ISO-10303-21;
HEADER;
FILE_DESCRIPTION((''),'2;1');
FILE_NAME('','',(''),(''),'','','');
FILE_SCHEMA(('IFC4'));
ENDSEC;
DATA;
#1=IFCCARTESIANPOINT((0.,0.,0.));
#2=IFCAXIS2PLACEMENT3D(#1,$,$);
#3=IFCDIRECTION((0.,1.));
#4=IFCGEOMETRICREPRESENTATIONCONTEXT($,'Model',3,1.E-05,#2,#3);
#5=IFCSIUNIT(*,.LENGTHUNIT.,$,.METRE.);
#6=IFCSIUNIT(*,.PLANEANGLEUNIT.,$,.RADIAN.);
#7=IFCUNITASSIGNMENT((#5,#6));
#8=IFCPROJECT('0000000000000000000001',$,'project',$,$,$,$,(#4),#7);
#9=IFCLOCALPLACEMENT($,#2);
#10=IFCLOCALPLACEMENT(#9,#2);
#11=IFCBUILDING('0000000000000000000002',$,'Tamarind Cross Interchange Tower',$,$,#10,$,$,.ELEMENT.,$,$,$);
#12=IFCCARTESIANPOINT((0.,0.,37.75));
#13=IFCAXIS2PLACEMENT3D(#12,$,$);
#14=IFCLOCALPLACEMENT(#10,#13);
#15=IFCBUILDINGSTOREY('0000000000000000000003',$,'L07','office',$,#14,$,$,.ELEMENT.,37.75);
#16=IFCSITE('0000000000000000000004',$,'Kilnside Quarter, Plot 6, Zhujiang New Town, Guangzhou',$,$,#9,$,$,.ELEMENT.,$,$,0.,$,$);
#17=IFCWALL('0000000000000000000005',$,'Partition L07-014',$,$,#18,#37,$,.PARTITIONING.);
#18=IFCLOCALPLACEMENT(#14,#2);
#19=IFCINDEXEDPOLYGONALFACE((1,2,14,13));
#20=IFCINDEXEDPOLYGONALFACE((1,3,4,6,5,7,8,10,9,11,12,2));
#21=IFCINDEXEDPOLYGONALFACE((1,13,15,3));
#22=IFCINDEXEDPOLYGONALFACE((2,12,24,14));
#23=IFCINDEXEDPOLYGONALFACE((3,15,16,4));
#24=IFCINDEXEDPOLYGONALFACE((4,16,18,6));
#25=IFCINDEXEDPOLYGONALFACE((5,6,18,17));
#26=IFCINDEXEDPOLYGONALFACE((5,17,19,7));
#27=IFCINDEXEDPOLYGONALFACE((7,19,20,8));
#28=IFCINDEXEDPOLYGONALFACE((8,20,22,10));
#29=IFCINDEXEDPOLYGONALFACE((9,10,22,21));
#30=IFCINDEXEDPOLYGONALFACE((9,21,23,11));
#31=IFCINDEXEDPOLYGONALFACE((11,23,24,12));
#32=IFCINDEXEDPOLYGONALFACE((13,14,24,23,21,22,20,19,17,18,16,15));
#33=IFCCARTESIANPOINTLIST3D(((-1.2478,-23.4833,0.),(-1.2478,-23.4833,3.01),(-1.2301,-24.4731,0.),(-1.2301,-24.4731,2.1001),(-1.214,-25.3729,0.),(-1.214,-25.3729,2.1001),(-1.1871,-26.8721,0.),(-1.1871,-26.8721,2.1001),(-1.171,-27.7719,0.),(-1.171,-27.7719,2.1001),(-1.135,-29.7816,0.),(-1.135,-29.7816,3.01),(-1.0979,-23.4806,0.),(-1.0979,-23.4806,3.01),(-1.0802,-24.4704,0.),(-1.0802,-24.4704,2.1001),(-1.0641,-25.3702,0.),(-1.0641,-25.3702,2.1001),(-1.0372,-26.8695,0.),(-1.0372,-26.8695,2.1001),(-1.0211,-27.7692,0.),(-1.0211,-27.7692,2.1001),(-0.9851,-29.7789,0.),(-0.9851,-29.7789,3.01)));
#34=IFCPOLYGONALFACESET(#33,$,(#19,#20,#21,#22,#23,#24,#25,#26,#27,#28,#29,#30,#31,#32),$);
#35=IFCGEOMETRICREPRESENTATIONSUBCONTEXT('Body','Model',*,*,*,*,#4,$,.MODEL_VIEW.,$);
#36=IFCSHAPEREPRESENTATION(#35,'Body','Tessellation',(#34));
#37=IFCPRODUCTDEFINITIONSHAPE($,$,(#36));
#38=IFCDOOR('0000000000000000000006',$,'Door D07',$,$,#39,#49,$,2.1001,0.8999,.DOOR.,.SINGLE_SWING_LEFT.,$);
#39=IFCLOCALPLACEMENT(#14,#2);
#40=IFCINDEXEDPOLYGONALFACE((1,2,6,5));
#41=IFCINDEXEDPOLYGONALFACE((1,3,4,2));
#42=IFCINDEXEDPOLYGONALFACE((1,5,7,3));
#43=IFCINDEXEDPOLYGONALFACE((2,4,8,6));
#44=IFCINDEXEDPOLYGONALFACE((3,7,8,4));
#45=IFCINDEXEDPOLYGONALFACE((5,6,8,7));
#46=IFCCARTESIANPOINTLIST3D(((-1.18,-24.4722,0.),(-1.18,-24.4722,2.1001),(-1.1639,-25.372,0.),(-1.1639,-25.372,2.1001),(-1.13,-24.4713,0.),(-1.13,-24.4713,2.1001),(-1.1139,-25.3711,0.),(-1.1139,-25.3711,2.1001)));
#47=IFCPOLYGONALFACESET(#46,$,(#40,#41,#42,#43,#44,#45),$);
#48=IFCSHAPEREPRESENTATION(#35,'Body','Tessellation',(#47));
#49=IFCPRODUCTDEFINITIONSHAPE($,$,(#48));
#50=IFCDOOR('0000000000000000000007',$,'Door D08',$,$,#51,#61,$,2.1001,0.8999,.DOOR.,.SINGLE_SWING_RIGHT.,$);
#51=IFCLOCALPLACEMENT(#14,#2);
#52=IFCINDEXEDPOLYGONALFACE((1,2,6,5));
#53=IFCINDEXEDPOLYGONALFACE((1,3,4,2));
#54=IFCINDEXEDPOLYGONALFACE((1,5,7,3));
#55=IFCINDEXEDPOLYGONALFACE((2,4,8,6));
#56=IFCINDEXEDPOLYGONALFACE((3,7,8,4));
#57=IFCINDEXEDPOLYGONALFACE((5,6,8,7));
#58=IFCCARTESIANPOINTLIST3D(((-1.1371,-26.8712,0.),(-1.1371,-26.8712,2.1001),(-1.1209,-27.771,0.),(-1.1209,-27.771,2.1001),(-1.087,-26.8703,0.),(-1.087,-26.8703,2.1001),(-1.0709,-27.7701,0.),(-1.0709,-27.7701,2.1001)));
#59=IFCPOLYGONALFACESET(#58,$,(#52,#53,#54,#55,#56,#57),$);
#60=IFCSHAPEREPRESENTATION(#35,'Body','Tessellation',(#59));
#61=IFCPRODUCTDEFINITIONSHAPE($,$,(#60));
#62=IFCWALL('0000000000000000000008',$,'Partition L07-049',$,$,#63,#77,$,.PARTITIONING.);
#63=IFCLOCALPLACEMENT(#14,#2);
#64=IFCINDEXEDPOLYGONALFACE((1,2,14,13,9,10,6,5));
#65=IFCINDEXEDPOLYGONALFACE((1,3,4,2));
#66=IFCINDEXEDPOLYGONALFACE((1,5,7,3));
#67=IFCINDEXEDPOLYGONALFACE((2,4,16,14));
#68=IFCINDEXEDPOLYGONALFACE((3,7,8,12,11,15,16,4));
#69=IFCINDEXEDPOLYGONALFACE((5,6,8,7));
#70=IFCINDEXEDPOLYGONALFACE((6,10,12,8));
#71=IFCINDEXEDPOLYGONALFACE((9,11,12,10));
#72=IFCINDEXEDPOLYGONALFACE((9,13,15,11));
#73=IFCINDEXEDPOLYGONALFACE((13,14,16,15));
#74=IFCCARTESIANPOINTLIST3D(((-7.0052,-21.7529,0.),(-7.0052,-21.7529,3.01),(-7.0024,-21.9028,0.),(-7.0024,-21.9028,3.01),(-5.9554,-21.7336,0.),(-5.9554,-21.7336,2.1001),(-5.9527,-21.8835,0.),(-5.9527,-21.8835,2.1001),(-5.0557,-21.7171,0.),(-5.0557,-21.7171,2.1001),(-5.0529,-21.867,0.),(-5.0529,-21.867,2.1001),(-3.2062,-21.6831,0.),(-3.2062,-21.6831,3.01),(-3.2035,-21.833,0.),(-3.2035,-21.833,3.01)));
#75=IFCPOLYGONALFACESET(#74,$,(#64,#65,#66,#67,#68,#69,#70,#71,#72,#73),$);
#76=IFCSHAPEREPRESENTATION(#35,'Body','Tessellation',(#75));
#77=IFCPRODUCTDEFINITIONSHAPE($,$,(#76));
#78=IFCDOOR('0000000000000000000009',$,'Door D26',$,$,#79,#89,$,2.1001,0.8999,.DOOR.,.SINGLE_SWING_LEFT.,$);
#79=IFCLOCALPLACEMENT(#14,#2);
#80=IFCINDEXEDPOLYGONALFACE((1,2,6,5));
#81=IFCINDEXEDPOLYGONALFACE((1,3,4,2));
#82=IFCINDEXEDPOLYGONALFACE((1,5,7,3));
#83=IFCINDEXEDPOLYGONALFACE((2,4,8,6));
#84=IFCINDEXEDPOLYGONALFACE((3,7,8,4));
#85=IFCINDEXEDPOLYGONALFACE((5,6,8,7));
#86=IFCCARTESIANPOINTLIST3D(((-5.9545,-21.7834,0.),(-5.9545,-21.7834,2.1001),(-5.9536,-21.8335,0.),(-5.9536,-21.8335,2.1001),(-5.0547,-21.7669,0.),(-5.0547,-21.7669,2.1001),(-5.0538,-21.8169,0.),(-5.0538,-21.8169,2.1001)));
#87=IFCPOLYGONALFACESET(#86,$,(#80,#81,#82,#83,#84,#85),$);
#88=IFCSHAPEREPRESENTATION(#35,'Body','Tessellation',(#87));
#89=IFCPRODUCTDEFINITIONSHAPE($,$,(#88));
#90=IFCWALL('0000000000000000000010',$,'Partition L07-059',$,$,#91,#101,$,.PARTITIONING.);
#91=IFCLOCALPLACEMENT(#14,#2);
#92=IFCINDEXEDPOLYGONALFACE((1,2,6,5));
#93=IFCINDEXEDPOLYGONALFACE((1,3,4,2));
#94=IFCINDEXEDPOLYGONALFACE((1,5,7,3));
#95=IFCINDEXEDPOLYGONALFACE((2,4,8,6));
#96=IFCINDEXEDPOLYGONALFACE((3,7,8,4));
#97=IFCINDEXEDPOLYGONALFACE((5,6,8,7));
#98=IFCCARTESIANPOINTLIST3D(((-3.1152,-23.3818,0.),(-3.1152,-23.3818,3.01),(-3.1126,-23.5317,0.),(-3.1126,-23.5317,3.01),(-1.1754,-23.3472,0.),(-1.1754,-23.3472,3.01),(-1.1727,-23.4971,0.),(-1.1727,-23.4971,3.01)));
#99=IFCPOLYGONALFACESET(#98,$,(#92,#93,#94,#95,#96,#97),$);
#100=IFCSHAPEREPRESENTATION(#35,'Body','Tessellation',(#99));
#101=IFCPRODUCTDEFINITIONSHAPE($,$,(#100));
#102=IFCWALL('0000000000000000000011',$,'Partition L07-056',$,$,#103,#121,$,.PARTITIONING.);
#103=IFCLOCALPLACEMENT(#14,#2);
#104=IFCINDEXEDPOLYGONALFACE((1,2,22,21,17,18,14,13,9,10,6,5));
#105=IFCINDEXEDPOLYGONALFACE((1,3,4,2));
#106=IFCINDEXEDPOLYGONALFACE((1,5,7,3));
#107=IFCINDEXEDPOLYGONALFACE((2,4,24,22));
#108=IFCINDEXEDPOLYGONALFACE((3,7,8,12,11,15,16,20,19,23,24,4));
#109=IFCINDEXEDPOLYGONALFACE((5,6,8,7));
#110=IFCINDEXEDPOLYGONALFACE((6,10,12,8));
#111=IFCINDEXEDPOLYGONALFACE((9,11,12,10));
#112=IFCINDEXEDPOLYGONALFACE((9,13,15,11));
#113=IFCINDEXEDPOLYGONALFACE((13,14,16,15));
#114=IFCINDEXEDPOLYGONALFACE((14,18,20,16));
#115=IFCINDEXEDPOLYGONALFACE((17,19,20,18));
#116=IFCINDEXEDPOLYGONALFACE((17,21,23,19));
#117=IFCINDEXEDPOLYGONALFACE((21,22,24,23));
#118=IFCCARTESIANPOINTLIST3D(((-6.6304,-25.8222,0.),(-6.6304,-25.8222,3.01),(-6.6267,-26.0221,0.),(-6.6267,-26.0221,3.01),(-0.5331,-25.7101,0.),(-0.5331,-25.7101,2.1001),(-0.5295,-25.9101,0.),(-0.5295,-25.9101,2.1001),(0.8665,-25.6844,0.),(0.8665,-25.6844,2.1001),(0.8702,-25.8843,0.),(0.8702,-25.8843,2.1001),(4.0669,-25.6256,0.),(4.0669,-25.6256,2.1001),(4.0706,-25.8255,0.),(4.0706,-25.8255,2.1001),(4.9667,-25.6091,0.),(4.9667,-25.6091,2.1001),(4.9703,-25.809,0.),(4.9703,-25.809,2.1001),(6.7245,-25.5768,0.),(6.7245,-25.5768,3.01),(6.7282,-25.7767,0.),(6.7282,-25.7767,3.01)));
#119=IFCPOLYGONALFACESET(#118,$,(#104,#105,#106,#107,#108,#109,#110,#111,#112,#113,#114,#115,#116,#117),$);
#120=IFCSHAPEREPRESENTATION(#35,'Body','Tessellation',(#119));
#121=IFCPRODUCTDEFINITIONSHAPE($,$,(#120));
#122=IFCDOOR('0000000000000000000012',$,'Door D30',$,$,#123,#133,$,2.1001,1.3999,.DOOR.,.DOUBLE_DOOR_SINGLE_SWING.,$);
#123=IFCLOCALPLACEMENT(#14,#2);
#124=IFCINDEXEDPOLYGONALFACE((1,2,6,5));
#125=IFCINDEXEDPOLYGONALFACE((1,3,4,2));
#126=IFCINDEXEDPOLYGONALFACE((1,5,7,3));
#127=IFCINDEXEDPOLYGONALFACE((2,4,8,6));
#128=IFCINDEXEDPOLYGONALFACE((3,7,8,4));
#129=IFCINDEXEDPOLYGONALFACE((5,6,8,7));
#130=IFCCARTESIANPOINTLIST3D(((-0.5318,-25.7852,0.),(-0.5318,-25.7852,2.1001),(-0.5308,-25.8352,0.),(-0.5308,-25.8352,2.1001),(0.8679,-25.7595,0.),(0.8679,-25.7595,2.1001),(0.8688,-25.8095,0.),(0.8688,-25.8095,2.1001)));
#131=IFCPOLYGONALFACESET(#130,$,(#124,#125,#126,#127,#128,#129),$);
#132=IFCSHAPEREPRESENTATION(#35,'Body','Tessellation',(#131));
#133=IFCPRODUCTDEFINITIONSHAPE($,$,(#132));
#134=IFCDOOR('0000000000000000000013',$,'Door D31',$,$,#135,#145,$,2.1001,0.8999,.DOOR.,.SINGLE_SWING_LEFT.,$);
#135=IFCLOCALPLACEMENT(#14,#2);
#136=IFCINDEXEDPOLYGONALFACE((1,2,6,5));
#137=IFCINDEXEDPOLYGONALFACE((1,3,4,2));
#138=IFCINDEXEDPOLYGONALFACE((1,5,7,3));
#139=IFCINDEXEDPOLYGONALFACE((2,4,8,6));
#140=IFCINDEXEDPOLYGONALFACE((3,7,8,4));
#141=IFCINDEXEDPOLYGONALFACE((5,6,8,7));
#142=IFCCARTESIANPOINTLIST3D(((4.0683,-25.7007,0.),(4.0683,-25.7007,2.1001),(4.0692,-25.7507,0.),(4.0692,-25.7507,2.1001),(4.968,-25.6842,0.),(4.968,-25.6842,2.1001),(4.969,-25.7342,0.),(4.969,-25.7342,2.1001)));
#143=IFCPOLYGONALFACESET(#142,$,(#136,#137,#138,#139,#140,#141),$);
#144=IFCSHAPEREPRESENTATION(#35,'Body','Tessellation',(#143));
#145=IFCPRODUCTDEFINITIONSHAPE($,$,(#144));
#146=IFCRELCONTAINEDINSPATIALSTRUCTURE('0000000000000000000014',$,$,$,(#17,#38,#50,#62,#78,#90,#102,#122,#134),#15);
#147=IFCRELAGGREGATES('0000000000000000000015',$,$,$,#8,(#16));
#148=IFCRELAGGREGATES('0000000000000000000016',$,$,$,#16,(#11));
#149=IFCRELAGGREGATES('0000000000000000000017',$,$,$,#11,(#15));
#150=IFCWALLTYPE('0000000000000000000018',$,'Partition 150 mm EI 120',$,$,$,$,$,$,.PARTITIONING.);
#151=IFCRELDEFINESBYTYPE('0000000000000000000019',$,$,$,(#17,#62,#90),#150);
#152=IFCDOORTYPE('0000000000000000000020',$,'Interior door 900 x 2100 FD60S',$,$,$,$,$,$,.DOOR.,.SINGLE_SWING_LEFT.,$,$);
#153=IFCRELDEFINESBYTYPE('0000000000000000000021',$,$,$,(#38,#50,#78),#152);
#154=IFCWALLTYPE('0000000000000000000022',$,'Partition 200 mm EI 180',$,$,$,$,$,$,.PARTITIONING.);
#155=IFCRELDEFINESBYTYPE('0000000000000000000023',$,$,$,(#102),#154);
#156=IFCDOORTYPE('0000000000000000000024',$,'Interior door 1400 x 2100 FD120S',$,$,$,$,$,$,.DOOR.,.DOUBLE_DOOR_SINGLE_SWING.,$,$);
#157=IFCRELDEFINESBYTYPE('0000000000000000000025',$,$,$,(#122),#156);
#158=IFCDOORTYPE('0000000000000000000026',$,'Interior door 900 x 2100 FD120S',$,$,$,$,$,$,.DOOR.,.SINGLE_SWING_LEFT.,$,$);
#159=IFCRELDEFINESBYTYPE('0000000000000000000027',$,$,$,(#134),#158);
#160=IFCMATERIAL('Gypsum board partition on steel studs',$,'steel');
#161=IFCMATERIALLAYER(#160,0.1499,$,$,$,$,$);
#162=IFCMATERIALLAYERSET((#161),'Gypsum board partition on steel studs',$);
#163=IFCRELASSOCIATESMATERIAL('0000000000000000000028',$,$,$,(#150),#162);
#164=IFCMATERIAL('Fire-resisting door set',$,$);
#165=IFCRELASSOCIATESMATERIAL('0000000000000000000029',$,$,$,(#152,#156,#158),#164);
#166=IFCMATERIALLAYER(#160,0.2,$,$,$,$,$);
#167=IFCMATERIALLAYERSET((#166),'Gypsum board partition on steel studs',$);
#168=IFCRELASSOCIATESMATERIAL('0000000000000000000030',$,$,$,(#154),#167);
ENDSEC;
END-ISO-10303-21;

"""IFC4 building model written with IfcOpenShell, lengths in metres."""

from ifc_helpers import new_model, si_unit, direction, frame, frame_2d, origin, place, context, subcontext, project, spatial, rectangle, extrude, material, layer, layer_set, type_object, element, fill, save


model = new_model("IFC4")

# Units and contexts
model_context = context("Model", 3, precision=1e-05, world=origin(), true_north=direction((0.0, 1.0)))
body_context = subcontext(model_context, "Body", "Model", "MODEL_VIEW")
ifc_project = project(units=[si_unit("LENGTHUNIT", "METRE"), si_unit("PLANEANGLEUNIT", "RADIAN")], contexts=[model_context])

# Site, building, storey
site_placement = place(None, origin())
site = spatial("IfcSite", under=ifc_project, at=site_placement, Name="Kilnside Quarter, Plot 6, Zhujiang New Town, Guangzhou", CompositionType="ELEMENT", RefElevation=0.0)
building_placement = place(site_placement, origin())
building = spatial("IfcBuilding", under=site, at=building_placement, Name="Tamarind Cross Interchange Tower", CompositionType="ELEMENT")
storey_placement = place(building_placement, frame((0.0, 0.0, 37.75)))
storey = spatial("IfcBuildingStorey", under=building, at=storey_placement, Name="L07", Description="office", CompositionType="ELEMENT", Elevation=37.75)

# Shared definitions
ifc_material_1 = material(Name="Gypsum board partition on steel studs", Category="steel")
ifc_layer_1 = layer(ifc_material_1, 0.1499)
ifc_layer_set_1 = layer_set([ifc_layer_1], Name="Gypsum board partition on steel studs")
wall_type_1 = type_object("IfcWallType", Name="Partition 150 mm EI 120", PredefinedType="PARTITIONING", material=ifc_layer_set_1)

# Shared definitions
ifc_material_2 = material(Name="Fire-resisting door set")
door_type_1 = type_object("IfcDoorType", Name="Interior door 900 x 2100 FD60S", OperationType="SINGLE_SWING_LEFT", PredefinedType="DOOR", material=ifc_material_2)

# Wall, openings, doors
wall_1_placement = place(storey_placement, frame((-1.1729, -23.4819, 0.0), z_axis=(0.0, 0.0, 1.0), x_axis=(0.017905, -0.99984, 0.0)))
wall_1 = element("IfcWall", 1, at=wall_1_placement, inside=storey, type_object=wall_type_1, Name="Partition L07-014", PredefinedType="PARTITIONING", context=body_context, shape_type="SweptSolid", body=[
    extrude(rectangle(XDim=6.2993, YDim=0.1499, at=frame_2d((3.1497, 0.0))), origin(), (0.0, 0.0, 1.0), 3.01),
])
opening_1_placement = place(wall_1_placement, frame((0.99, 0.0, 0.0)))
opening_1 = element("IfcOpeningElement", 2, at=opening_1_placement, cuts=wall_1, PredefinedType="OPENING", context=body_context, shape_type="SweptSolid", body=[
    extrude(rectangle(XDim=0.8999, YDim=2.1001, at=frame_2d((0.45, 1.05))), frame((0.0, 0.085, 0.0), z_axis=(0.0, -1.0, 0.0), x_axis=(1.0, 0.0, 0.0)), (0.0, 0.0, 1.0), 0.1699),
])
opening_2_placement = place(wall_1_placement, frame((3.3894, 0.0, 0.0)))
opening_2 = element("IfcOpeningElement", 3, at=opening_2_placement, cuts=wall_1, PredefinedType="OPENING", context=body_context, shape_type="SweptSolid", body=[
    extrude(rectangle(XDim=0.8999, YDim=2.1001, at=frame_2d((0.45, 1.05))), frame((0.0, 0.085, 0.0), z_axis=(0.0, -1.0, 0.0), x_axis=(1.0, 0.0, 0.0)), (0.0, 0.0, 1.0), 0.1699),
])
door_1_placement = place(opening_1_placement, frame((0.8999, 0.0, 0.0), z_axis=(0.0, 0.0, 1.0), x_axis=(-1.0, 0.0, 0.0)))
door_1 = element("IfcDoor", 4, at=door_1_placement, inside=storey, type_object=door_type_1, Name="Door D07", OperationType="SINGLE_SWING_LEFT", OverallHeight=2.1001, OverallWidth=0.8999, PredefinedType="DOOR", context=body_context, shape_type="SweptSolid", body=[
    extrude(rectangle(XDim=0.8999, YDim=2.1001, at=frame_2d((0.45, 1.05))), frame((0.0, 0.0249, 0.0), z_axis=(0.0, -1.0, 0.0), x_axis=(1.0, 0.0, 0.0)), (0.0, 0.0, 1.0), 0.05),
])
fill(opening_1, door_1)
door_2_placement = place(opening_2_placement, frame((0.8999, 0.0, 0.0), z_axis=(0.0, 0.0, 1.0), x_axis=(-1.0, 0.0, 0.0)))
door_2 = element("IfcDoor", 5, at=door_2_placement, inside=storey, type_object=door_type_1, Name="Door D08", OperationType="SINGLE_SWING_RIGHT", OverallHeight=2.1001, OverallWidth=0.8999, PredefinedType="DOOR", context=body_context, shape_type="SweptSolid", body=[
    extrude(rectangle(XDim=0.8999, YDim=2.1001, at=frame_2d((0.45, 1.05))), frame((0.0, 0.0249, 0.0), z_axis=(0.0, -1.0, 0.0), x_axis=(1.0, 0.0, 0.0)), (0.0, 0.0, 1.0), 0.05),
])
fill(opening_2, door_2)

# Wall, opening, door
wall_2_placement = place(storey_placement, frame((-7.0039, -21.8279, 0.0), z_axis=(0.0, 0.0, 1.0), x_axis=(0.999831, 0.018377, 0.0)))
wall_2 = element("IfcWall", 6, at=wall_2_placement, inside=storey, type_object=wall_type_1, Name="Partition L07-049", PredefinedType="PARTITIONING", context=body_context, shape_type="SweptSolid", body=[
    extrude(rectangle(XDim=3.7996, YDim=0.1499, at=frame_2d((1.8999, 0.0))), origin(), (0.0, 0.0, 1.0), 3.01),
])
opening_3_placement = place(wall_2_placement, frame((1.05, 0.0, 0.0)))
opening_3 = element("IfcOpeningElement", 7, at=opening_3_placement, cuts=wall_2, PredefinedType="OPENING", context=body_context, shape_type="SweptSolid", body=[
    extrude(rectangle(XDim=0.8999, YDim=2.1001, at=frame_2d((0.45, 1.05))), frame((0.0, 0.085, 0.0), z_axis=(0.0, -1.0, 0.0), x_axis=(1.0, 0.0, 0.0)), (0.0, 0.0, 1.0), 0.1699),
])
door_3_placement = place(opening_3_placement, frame((0.8999, 0.0, 0.0), z_axis=(0.0, 0.0, 1.0), x_axis=(-1.0, 0.0, 0.0)))
door_3 = element("IfcDoor", 8, at=door_3_placement, inside=storey, type_object=door_type_1, Name="Door D26", OperationType="SINGLE_SWING_LEFT", OverallHeight=2.1001, OverallWidth=0.8999, PredefinedType="DOOR", context=body_context, shape_type="SweptSolid", body=[
    extrude(rectangle(XDim=0.8999, YDim=2.1001, at=frame_2d((0.45, 1.05))), frame((0.0, 0.0249, 0.0), z_axis=(0.0, -1.0, 0.0), x_axis=(1.0, 0.0, 0.0)), (0.0, 0.0, 1.0), 0.05),
])
fill(opening_3, door_3)

# Wall
wall_3_placement = place(storey_placement, frame((-3.114, -23.4568, 0.0), z_axis=(0.0, 0.0, 1.0), x_axis=(0.99984, 0.017868, 0.0)))
element("IfcWall", 9, at=wall_3_placement, inside=storey, type_object=wall_type_1, Name="Partition L07-059", PredefinedType="PARTITIONING", context=body_context, shape_type="SweptSolid", body=[
    extrude(rectangle(XDim=1.9402, YDim=0.1499, at=frame_2d((0.9702, 0.0))), origin(), (0.0, 0.0, 1.0), 3.01),
])

# Wall, openings, doors
ifc_layer_2 = layer(ifc_material_1, 0.2)
ifc_layer_set_2 = layer_set([ifc_layer_2], Name="Gypsum board partition on steel studs")
wall_type_2 = type_object("IfcWallType", Name="Partition 200 mm EI 180", PredefinedType="PARTITIONING", material=ifc_layer_set_2)
wall_4_placement = place(storey_placement, frame((-6.6287, -25.9221, 0.0), z_axis=(0.0, 0.0, 1.0), x_axis=(0.999831, 0.018369, 0.0)))
wall_4 = element("IfcWall", 10, at=wall_4_placement, inside=storey, type_object=wall_type_2, Name="Partition L07-056", PredefinedType="PARTITIONING", context=body_context, shape_type="SweptSolid", body=[
    extrude(rectangle(XDim=13.3572, YDim=0.2, at=frame_2d((6.6787, 0.0))), origin(), (0.0, 0.0, 1.0), 3.01),
])
opening_4_placement = place(wall_4_placement, frame((6.0984, 0.0, 0.0)))
opening_4 = element("IfcOpeningElement", 11, at=opening_4_placement, cuts=wall_4, PredefinedType="OPENING", context=body_context, shape_type="SweptSolid", body=[
    extrude(rectangle(XDim=1.3999, YDim=2.1001, at=frame_2d((0.7, 1.05))), frame((0.0, 0.1099, 0.0), z_axis=(0.0, -1.0, 0.0), x_axis=(1.0, 0.0, 0.0)), (0.0, 0.0, 1.0), 0.22),
])
opening_5_placement = place(wall_4_placement, frame((10.6992, 0.0, 0.0)))
opening_5 = element("IfcOpeningElement", 12, at=opening_5_placement, cuts=wall_4, PredefinedType="OPENING", context=body_context, shape_type="SweptSolid", body=[
    extrude(rectangle(XDim=0.8999, YDim=2.1001, at=frame_2d((0.45, 1.05))), frame((0.0, 0.1099, 0.0), z_axis=(0.0, -1.0, 0.0), x_axis=(1.0, 0.0, 0.0)), (0.0, 0.0, 1.0), 0.22),
])
door_type_2 = type_object("IfcDoorType", Name="Interior door 1400 x 2100 FD120S", OperationType="DOUBLE_DOOR_SINGLE_SWING", PredefinedType="DOOR", material=ifc_material_2)
door_4_placement = place(opening_4_placement, origin())
door_4 = element("IfcDoor", 13, at=door_4_placement, inside=storey, type_object=door_type_2, Name="Door D30", OperationType="DOUBLE_DOOR_SINGLE_SWING", OverallHeight=2.1001, OverallWidth=1.3999, PredefinedType="DOOR", context=body_context, shape_type="SweptSolid", body=[
    extrude(rectangle(XDim=1.3999, YDim=2.1001, at=frame_2d((0.7, 1.05))), frame((0.0, 0.0249, 0.0), z_axis=(0.0, -1.0, 0.0), x_axis=(1.0, 0.0, 0.0)), (0.0, 0.0, 1.0), 0.05),
])
fill(opening_4, door_4)
door_type_3 = type_object("IfcDoorType", Name="Interior door 900 x 2100 FD120S", OperationType="SINGLE_SWING_LEFT", PredefinedType="DOOR", material=ifc_material_2)
door_5_placement = place(opening_5_placement, origin())
door_5 = element("IfcDoor", 14, at=door_5_placement, inside=storey, type_object=door_type_3, Name="Door D31", OperationType="SINGLE_SWING_LEFT", OverallHeight=2.1001, OverallWidth=0.8999, PredefinedType="DOOR", context=body_context, shape_type="SweptSolid", body=[
    extrude(rectangle(XDim=0.8999, YDim=2.1001, at=frame_2d((0.45, 1.05))), frame((0.0, 0.0249, 0.0), z_axis=(0.0, -1.0, 0.0), x_axis=(1.0, 0.0, 0.0)), (0.0, 0.0, 1.0), 0.05),
])
fill(opening_5, door_5)

save(model, "model.ifc")
